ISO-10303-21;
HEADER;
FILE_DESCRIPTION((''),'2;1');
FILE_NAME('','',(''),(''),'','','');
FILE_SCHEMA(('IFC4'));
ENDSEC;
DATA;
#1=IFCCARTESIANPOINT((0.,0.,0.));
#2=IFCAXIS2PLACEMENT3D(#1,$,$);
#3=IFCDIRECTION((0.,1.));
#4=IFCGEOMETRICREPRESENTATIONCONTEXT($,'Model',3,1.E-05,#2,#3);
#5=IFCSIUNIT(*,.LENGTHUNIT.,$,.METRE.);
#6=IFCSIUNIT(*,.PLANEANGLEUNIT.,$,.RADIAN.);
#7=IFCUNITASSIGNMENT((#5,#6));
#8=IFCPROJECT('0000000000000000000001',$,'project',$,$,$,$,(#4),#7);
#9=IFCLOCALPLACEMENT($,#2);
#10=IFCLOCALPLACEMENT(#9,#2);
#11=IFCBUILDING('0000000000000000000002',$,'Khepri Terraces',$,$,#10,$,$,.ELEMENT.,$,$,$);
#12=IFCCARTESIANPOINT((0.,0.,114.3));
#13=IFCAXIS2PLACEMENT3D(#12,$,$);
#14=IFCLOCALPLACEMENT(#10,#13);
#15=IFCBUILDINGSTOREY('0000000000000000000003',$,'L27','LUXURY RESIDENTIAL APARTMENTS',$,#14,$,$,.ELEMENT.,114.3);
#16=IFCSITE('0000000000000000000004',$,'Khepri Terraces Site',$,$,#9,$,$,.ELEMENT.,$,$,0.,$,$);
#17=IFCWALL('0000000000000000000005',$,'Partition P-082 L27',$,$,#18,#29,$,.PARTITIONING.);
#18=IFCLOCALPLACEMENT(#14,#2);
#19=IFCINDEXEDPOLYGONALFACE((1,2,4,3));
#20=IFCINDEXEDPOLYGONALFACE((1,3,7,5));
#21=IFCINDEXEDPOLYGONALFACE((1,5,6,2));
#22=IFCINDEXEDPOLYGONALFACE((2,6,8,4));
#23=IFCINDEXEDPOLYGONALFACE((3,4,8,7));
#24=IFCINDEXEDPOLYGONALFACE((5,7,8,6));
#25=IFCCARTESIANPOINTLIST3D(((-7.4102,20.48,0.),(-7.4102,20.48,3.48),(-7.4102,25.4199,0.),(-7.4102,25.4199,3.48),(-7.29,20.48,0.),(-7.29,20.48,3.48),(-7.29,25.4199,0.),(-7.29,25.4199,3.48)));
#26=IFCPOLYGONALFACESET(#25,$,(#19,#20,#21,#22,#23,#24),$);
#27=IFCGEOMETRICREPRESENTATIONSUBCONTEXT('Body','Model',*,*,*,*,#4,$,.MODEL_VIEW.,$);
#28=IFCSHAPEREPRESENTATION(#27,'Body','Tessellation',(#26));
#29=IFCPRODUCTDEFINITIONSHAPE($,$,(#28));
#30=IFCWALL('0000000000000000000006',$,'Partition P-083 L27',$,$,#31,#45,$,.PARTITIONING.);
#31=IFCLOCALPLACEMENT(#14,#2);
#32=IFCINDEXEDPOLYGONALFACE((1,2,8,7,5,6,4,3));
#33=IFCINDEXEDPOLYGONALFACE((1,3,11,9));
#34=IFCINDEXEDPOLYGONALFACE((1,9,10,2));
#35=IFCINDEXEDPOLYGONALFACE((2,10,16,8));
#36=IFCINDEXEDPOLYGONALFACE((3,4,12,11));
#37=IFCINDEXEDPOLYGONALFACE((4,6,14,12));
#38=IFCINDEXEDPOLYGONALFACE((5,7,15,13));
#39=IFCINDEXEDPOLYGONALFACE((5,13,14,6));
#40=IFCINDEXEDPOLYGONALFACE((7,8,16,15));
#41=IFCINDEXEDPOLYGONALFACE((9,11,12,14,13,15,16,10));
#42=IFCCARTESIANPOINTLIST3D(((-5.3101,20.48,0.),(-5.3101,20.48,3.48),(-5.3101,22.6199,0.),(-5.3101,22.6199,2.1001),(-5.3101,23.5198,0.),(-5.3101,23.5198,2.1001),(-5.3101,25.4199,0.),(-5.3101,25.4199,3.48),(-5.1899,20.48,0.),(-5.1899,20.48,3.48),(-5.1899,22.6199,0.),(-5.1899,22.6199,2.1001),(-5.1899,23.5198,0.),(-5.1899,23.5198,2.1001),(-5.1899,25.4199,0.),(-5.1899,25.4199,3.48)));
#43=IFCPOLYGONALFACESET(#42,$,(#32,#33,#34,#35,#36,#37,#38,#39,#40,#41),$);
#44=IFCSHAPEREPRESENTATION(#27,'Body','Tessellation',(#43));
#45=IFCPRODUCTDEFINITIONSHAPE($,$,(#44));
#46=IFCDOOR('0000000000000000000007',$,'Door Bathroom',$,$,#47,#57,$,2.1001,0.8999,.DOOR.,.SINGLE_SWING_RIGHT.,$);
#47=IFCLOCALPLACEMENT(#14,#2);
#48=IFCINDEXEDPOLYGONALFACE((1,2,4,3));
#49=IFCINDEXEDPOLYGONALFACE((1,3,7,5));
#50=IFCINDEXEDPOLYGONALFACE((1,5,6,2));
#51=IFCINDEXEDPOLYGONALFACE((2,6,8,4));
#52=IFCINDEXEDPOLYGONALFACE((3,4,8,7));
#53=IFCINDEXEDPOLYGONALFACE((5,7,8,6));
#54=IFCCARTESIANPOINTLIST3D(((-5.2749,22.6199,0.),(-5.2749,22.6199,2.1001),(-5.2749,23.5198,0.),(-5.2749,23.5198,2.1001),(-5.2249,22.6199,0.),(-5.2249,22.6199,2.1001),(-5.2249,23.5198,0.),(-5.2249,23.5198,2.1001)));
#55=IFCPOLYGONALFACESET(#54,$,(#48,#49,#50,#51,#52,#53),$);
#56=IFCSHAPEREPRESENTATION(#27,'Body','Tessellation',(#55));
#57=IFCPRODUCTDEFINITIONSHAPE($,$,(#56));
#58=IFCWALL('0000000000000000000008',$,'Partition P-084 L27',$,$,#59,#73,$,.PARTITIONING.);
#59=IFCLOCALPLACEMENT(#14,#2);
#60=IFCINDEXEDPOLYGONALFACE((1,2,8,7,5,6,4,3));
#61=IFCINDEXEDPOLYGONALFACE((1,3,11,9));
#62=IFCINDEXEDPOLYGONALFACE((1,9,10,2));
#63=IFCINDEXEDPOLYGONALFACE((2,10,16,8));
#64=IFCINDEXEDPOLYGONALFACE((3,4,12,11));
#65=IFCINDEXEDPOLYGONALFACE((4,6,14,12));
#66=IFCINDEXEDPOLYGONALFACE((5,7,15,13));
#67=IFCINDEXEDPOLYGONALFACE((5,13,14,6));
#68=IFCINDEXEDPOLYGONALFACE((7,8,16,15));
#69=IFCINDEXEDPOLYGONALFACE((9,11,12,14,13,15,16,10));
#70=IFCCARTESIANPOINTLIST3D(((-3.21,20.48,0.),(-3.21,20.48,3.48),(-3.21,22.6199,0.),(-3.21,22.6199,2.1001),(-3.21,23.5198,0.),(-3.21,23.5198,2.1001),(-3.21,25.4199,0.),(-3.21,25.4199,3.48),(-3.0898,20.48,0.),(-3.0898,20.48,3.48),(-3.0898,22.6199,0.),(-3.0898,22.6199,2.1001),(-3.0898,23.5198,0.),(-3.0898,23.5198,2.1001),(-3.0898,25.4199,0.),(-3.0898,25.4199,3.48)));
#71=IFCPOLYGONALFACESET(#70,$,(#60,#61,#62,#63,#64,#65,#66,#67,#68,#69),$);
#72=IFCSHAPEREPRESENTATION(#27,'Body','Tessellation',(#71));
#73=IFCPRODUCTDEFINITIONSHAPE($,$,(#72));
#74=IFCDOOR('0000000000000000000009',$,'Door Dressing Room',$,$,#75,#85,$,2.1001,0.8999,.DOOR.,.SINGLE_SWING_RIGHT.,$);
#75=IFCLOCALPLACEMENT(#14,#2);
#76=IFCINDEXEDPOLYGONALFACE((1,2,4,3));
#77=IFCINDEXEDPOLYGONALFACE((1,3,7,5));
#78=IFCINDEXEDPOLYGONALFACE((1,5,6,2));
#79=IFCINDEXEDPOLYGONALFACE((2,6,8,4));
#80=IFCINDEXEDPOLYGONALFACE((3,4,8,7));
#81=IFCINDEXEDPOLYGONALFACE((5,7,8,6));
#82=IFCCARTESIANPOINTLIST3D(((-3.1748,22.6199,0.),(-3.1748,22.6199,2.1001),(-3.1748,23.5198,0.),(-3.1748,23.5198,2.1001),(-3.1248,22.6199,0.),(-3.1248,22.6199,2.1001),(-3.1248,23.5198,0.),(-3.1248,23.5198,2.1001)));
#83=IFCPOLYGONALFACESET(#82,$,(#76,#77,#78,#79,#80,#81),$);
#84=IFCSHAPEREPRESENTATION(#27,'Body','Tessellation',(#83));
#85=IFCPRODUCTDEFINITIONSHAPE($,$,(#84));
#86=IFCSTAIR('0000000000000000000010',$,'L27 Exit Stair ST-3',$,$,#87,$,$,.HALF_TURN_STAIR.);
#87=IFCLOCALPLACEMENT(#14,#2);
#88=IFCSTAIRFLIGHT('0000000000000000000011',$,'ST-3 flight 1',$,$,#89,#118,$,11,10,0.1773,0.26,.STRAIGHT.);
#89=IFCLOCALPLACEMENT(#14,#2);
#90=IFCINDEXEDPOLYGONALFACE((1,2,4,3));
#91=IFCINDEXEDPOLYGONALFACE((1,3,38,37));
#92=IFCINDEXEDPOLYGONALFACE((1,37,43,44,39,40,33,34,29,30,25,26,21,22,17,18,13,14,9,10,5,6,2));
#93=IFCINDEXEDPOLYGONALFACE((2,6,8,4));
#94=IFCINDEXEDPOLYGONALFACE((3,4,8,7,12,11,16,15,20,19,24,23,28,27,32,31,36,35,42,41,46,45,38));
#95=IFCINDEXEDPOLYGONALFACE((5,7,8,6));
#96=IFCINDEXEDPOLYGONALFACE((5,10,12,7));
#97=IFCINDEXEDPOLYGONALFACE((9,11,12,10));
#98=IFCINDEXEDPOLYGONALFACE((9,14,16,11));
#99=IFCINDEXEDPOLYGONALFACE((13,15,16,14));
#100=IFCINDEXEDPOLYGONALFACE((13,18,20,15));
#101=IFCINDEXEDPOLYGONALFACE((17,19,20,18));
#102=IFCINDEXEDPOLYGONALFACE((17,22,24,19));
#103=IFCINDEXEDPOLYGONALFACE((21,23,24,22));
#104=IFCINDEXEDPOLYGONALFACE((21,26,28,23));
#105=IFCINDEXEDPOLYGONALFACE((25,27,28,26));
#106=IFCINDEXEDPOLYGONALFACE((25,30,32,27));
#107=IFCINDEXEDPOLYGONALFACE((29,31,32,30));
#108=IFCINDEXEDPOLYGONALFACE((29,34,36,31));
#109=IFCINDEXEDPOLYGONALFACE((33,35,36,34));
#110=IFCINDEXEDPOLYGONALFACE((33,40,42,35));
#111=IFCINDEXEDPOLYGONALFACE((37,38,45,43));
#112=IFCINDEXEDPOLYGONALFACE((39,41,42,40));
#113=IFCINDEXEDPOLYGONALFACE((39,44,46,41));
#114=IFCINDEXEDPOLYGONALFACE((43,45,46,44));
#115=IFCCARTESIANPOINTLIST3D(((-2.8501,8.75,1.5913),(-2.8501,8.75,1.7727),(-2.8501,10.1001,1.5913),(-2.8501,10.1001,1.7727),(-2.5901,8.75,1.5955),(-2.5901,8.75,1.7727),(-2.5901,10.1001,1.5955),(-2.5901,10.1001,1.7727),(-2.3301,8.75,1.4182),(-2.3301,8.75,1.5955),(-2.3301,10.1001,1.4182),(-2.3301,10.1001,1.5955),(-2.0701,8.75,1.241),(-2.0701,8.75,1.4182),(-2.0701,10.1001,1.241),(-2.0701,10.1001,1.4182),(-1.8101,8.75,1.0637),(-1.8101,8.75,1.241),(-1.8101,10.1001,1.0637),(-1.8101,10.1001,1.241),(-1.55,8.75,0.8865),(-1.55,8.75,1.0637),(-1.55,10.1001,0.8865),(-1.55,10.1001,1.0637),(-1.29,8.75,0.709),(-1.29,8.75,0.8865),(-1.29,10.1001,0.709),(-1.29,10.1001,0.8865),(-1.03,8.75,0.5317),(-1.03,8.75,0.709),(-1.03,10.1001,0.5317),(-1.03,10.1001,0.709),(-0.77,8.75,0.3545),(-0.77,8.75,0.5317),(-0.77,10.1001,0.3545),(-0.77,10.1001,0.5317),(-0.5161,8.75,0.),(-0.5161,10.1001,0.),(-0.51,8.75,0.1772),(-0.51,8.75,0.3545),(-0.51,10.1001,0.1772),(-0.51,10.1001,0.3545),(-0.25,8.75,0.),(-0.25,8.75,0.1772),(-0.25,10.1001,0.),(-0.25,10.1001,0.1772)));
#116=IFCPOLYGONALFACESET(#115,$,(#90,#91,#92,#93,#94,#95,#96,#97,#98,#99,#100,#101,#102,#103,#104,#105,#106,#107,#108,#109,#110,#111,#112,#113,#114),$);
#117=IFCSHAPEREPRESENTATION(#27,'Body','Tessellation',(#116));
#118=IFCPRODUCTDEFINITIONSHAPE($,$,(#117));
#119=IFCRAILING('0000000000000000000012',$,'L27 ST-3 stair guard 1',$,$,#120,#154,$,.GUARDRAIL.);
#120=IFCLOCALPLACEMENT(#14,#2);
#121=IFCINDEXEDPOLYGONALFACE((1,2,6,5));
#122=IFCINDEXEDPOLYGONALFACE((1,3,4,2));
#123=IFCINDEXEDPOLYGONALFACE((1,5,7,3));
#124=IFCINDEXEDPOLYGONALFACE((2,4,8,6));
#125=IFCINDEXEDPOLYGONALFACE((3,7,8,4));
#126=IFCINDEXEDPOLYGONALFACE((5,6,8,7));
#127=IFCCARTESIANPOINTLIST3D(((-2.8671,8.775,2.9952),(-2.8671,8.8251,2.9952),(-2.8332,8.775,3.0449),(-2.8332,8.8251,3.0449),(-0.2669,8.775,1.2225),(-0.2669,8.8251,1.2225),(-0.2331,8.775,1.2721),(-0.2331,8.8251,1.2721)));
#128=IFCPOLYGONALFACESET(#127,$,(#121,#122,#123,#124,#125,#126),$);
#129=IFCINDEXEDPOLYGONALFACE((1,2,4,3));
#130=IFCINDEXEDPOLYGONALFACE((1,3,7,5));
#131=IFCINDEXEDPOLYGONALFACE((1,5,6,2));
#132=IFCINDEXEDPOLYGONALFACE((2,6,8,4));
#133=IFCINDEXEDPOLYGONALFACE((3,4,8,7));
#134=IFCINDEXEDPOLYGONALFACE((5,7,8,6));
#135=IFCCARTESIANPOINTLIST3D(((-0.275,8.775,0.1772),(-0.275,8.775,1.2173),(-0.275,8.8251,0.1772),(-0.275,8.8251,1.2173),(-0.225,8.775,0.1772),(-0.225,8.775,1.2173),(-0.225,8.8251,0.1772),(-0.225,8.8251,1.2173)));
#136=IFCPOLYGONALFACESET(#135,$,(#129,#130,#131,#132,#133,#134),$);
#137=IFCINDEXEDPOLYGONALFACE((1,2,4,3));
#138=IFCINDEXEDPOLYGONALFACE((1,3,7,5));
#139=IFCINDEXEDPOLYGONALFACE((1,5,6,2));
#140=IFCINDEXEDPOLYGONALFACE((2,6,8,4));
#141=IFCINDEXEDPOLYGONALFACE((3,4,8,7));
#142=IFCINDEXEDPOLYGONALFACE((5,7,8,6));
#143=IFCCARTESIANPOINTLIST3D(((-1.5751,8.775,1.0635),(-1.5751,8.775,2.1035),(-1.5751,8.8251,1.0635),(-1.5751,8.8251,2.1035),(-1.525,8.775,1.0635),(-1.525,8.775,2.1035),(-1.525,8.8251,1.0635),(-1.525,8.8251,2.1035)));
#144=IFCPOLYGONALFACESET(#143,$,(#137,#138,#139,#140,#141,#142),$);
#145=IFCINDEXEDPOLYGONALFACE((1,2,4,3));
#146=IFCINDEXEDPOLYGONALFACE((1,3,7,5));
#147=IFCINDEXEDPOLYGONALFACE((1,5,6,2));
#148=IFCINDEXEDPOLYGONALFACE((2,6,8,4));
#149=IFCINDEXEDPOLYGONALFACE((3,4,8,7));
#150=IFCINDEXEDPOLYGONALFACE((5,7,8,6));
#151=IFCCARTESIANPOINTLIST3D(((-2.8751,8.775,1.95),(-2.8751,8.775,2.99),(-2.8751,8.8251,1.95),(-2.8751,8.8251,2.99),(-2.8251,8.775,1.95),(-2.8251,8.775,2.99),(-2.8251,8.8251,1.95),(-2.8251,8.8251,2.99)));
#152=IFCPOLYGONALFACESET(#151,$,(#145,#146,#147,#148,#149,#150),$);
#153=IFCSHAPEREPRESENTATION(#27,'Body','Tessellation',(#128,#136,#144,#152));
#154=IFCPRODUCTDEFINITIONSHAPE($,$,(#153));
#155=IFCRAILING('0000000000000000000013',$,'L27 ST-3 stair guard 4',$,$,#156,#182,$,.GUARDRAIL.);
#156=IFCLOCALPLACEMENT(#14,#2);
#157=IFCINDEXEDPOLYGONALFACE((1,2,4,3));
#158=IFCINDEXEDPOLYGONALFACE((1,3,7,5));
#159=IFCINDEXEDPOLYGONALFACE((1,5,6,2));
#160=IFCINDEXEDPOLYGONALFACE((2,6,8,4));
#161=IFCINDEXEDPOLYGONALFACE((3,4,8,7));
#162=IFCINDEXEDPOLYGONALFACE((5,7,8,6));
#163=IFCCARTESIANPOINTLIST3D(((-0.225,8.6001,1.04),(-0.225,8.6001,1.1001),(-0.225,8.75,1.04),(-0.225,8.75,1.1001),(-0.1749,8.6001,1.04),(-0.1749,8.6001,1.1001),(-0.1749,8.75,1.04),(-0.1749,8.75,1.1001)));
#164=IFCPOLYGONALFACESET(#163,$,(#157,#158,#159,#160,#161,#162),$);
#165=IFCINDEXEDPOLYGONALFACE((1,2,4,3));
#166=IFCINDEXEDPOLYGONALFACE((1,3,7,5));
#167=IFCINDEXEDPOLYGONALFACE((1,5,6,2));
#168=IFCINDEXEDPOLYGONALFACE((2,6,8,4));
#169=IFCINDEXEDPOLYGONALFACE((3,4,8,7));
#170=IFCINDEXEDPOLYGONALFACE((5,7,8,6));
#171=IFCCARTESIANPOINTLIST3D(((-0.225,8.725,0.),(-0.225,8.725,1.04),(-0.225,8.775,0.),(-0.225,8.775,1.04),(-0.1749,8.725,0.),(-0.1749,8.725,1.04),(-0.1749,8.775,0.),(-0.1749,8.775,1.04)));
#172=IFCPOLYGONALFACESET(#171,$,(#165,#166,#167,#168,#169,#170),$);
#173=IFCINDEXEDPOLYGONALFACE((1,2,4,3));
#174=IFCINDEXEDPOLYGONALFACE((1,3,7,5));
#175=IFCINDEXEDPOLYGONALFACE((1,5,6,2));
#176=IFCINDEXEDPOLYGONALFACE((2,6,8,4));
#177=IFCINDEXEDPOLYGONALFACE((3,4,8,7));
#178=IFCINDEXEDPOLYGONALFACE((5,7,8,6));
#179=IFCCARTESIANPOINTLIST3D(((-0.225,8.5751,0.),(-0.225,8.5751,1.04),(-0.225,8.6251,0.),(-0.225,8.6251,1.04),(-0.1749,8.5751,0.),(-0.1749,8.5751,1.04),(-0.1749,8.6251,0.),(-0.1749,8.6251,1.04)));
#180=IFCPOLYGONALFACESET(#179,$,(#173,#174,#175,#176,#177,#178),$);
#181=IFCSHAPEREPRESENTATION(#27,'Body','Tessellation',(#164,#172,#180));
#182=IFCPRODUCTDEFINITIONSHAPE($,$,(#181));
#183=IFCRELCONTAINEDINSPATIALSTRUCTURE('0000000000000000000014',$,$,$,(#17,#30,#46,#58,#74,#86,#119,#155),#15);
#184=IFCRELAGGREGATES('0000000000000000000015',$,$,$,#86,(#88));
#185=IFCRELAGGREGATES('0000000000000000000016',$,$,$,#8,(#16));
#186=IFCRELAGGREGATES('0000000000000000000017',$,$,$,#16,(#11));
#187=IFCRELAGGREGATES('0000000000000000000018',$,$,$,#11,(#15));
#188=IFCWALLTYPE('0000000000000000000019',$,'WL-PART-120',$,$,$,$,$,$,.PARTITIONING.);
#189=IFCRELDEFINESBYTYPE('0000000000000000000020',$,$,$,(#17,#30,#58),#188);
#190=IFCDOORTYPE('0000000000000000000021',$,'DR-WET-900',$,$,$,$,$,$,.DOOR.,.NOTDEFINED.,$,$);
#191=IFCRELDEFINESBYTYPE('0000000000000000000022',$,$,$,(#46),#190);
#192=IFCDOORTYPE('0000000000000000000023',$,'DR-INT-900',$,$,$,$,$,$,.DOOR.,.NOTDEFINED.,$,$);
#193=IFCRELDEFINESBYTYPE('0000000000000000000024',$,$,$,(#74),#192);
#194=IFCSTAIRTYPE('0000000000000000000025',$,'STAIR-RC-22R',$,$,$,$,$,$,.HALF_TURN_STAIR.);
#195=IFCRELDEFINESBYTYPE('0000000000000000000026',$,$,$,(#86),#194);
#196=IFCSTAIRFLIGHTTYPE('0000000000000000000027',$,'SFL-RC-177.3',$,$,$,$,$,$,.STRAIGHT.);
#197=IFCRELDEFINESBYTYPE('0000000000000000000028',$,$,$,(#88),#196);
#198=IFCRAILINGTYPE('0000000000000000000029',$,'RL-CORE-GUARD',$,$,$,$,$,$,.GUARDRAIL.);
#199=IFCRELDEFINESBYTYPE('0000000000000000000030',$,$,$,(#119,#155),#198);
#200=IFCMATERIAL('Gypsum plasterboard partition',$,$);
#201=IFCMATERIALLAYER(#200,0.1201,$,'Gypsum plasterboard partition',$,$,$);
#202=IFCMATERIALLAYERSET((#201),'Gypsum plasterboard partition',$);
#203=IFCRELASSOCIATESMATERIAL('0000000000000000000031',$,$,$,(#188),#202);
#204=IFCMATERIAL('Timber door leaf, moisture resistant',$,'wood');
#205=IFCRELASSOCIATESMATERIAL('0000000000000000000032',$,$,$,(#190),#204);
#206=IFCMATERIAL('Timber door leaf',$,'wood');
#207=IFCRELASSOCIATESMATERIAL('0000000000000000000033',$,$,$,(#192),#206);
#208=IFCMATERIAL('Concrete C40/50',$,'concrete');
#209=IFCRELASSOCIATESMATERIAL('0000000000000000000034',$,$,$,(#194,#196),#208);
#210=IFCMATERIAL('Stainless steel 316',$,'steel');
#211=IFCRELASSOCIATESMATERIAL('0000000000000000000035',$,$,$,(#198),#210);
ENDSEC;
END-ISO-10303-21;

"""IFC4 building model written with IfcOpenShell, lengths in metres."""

from ifc_helpers import new_model, si_unit, direction, frame, frame_2d, origin, origin_2d, place, context, subcontext, project, spatial, polyline, rectangle, outline, extrude, material, layer, layer_set, type_object, element, fill, aggregate, save


model = new_model("IFC4")

# Units and contexts
model_context = context("Model", 3, precision=1e-05, world=origin(), true_north=direction((0.0, 1.0)))
body_context = subcontext(model_context, "Body", "Model", "MODEL_VIEW")
ifc_project = project(units=[si_unit("LENGTHUNIT", "METRE"), si_unit("PLANEANGLEUNIT", "RADIAN")], contexts=[model_context])

# Site, building, storey
site_placement = place(None, origin())
site = spatial("IfcSite", under=ifc_project, at=site_placement, Name="Khepri Terraces Site", CompositionType="ELEMENT", RefElevation=0.0)
building_placement = place(site_placement, origin())
building = spatial("IfcBuilding", under=site, at=building_placement, Name="Khepri Terraces", CompositionType="ELEMENT")
storey_placement = place(building_placement, frame((0.0, 0.0, 114.3)))
storey = spatial("IfcBuildingStorey", under=building, at=storey_placement, Name="L27", Description="LUXURY RESIDENTIAL APARTMENTS", CompositionType="ELEMENT", Elevation=114.3)

# Wall
ifc_material_1 = material(Name="Gypsum plasterboard partition")
ifc_layer_1 = layer(ifc_material_1, 0.1201, Name="Gypsum plasterboard partition")
ifc_layer_set_1 = layer_set([ifc_layer_1], Name="Gypsum plasterboard partition")
wall_type_1 = type_object("IfcWallType", Name="WL-PART-120", PredefinedType="PARTITIONING", material=ifc_layer_set_1)
wall_1_placement = place(storey_placement, frame((-7.3501, 20.48, 0.0), z_axis=(0.0, 0.0, 1.0), x_axis=(0.0, 1.0, 0.0)))
element("IfcWall", 1, at=wall_1_placement, inside=storey, type_object=wall_type_1, Name="Partition P-082 L27", PredefinedType="PARTITIONING", context=body_context, shape_type="SweptSolid", body=[
    extrude(rectangle(XDim=4.9399, YDim=0.1201, at=frame_2d((2.47, 0.0))), origin(), (0.0, 0.0, 1.0), 3.48),
])

# Walls, openings, doors
wall_2_placement = place(storey_placement, frame((-5.25, 20.48, 0.0), z_axis=(0.0, 0.0, 1.0), x_axis=(0.0, 1.0, 0.0)))
wall_2 = element("IfcWall", 2, at=wall_2_placement, inside=storey, type_object=wall_type_1, Name="Partition P-083 L27", PredefinedType="PARTITIONING", context=body_context, shape_type="SweptSolid", body=[
    extrude(rectangle(XDim=4.9399, YDim=0.1201, at=frame_2d((2.47, 0.0))), origin(), (0.0, 0.0, 1.0), 3.48),
])
opening_1_placement = place(wall_2_placement, frame((2.1399, 0.0, 0.0)))
opening_1 = element("IfcOpeningElement", 3, at=opening_1_placement, cuts=wall_2, PredefinedType="OPENING", context=body_context, shape_type="SweptSolid", body=[
    extrude(rectangle(XDim=0.8999, YDim=2.1001, at=frame_2d((0.45, 1.05))), frame((0.0, 0.0701, 0.0), z_axis=(0.0, -1.0, 0.0), x_axis=(1.0, 0.0, 0.0)), (0.0, 0.0, 1.0), 0.1401),
])
ifc_material_2 = material(Name="Timber door leaf, moisture resistant", Category="wood")
door_type_1 = type_object("IfcDoorType", Name="DR-WET-900", OperationType="NOTDEFINED", PredefinedType="DOOR", material=ifc_material_2)
door_1_placement = place(opening_1_placement, origin())
door_1 = element("IfcDoor", 4, at=door_1_placement, inside=storey, type_object=door_type_1, Name="Door Bathroom", OperationType="SINGLE_SWING_RIGHT", OverallHeight=2.1001, OverallWidth=0.8999, PredefinedType="DOOR", context=body_context, shape_type="SweptSolid", body=[
    extrude(rectangle(XDim=0.8999, YDim=2.1001, at=frame_2d((0.45, 1.05))), frame((0.0, 0.0249, 0.0), z_axis=(0.0, -1.0, 0.0), x_axis=(1.0, 0.0, 0.0)), (0.0, 0.0, 1.0), 0.05),
])
fill(opening_1, door_1)
wall_3_placement = place(storey_placement, frame((-3.1499, 20.48, 0.0), z_axis=(0.0, 0.0, 1.0), x_axis=(0.0, 1.0, 0.0)))
wall_3 = element("IfcWall", 5, at=wall_3_placement, inside=storey, type_object=wall_type_1, Name="Partition P-084 L27", PredefinedType="PARTITIONING", context=body_context, shape_type="SweptSolid", body=[
    extrude(rectangle(XDim=4.9399, YDim=0.1201, at=frame_2d((2.47, 0.0))), origin(), (0.0, 0.0, 1.0), 3.48),
])
opening_2_placement = place(wall_3_placement, frame((2.1399, 0.0, 0.0)))
opening_2 = element("IfcOpeningElement", 6, at=opening_2_placement, cuts=wall_3, PredefinedType="OPENING", context=body_context, shape_type="SweptSolid", body=[
    extrude(rectangle(XDim=0.8999, YDim=2.1001, at=frame_2d((0.45, 1.05))), frame((0.0, 0.0701, 0.0), z_axis=(0.0, -1.0, 0.0), x_axis=(1.0, 0.0, 0.0)), (0.0, 0.0, 1.0), 0.1401),
])
ifc_material_3 = material(Name="Timber door leaf", Category="wood")
door_type_2 = type_object("IfcDoorType", Name="DR-INT-900", OperationType="NOTDEFINED", PredefinedType="DOOR", material=ifc_material_3)
door_2_placement = place(opening_2_placement, origin())
door_2 = element("IfcDoor", 7, at=door_2_placement, inside=storey, type_object=door_type_2, Name="Door Dressing Room", OperationType="SINGLE_SWING_RIGHT", OverallHeight=2.1001, OverallWidth=0.8999, PredefinedType="DOOR", context=body_context, shape_type="SweptSolid", body=[
    extrude(rectangle(XDim=0.8999, YDim=2.1001, at=frame_2d((0.45, 1.05))), frame((0.0, 0.0249, 0.0), z_axis=(0.0, -1.0, 0.0), x_axis=(1.0, 0.0, 0.0)), (0.0, 0.0, 1.0), 0.05),
])
fill(opening_2, door_2)

# Stair, stair flight
ifc_material_4 = material(Name="Concrete C40/50", Category="concrete")
stair_type = type_object("IfcStairType", Name="STAIR-RC-22R", PredefinedType="HALF_TURN_STAIR", material=ifc_material_4)
stair_placement = place(storey_placement, origin())
stair = element("IfcStair", 8, at=stair_placement, inside=storey, type_object=stair_type, Name="L27 Exit Stair ST-3", PredefinedType="HALF_TURN_STAIR")
stair_flight_type = type_object("IfcStairFlightType", Name="SFL-RC-177.3", PredefinedType="STRAIGHT", material=ifc_material_4)
stair_flight_placement = place(storey_placement, frame((-0.25, 9.425, 0.0), z_axis=(0.0, 0.0, 1.0), x_axis=(-1.0, 0.0, 0.0)))
stair_flight = element("IfcStairFlight", 9, at=stair_flight_placement, type_object=stair_flight_type, Name="ST-3 flight 1", NumberOfRisers=11, NumberOfTreads=10, PredefinedType="STRAIGHT", RiserHeight=0.1773, TreadLength=0.26, context=body_context, shape_type="SweptSolid", body=[
    extrude(outline(polyline([(0.0, 0.0), (0.0, 0.1772), (0.26, 0.1772), (0.26, 0.3545), (0.52, 0.3545), (0.52, 0.5317), (0.78, 0.5317), (0.78, 0.709), (1.04, 0.709), (1.04, 0.8865), (1.3, 0.8865), (1.3, 1.0637), (1.5601, 1.0637), (1.5601, 1.241), (1.8201, 1.241), (1.8201, 1.4182), (2.0801, 1.4182), (2.0801, 1.5955), (2.3401, 1.5955), (2.3401, 1.7727), (2.6001, 1.7727), (2.6001, 1.95), (2.6001, 1.5913), (0.2661, 0.0), (0.0, 0.0)])), frame((0.0, 0.675, 0.0), z_axis=(0.0, -1.0, 0.0), x_axis=(1.0, 0.0, 0.0)), (0.0, 0.0, 1.0), 1.3501),
])
aggregate(stair, [stair_flight])

# Railings
ifc_material_5 = material(Name="Stainless steel 316", Category="steel")
railing_type_1 = type_object("IfcRailingType", Name="RL-CORE-GUARD", PredefinedType="GUARDRAIL", material=ifc_material_5)
railing_1_placement = place(storey_placement, frame((-0.25, 8.8, 0.1772)))
element("IfcRailing", 10, at=railing_1_placement, inside=storey, type_object=railing_type_1, Name="L27 ST-3 stair guard 1", PredefinedType="GUARDRAIL", context=body_context, shape_type="SweptSolid", body=[
    extrude(rectangle(XDim=0.05, YDim=0.0601, at=origin_2d()), frame((0.0, 0.0, 1.0701), z_axis=(-0.82624, 0.0, 0.563318), x_axis=(0.0, -1.0, 0.0)), (0.0, 0.0, 1.0), 3.147),
    extrude(rectangle(XDim=0.05, YDim=0.05, at=origin_2d()), origin(), (0.0, 0.0, 1.0), 1.04),
    extrude(rectangle(XDim=0.05, YDim=0.05, at=origin_2d()), frame((-1.3, 0.0, 0.8862)), (0.0, 0.0, 1.0), 1.04),
    extrude(rectangle(XDim=0.05, YDim=0.05, at=origin_2d()), frame((-2.6001, 0.0, 1.7727)), (0.0, 0.0, 1.0), 1.04),
])
railing_2_placement = place(storey_placement, frame((-0.2, 8.75, 0.0)))
element("IfcRailing", 11, at=railing_2_placement, inside=storey, type_object=railing_type_1, Name="L27 ST-3 stair guard 4", PredefinedType="GUARDRAIL", context=body_context, shape_type="SweptSolid", body=[
    extrude(rectangle(XDim=0.05, YDim=0.0601, at=origin_2d()), frame((0.0, 0.0, 1.0701), z_axis=(0.0, -1.0, 0.0), x_axis=(1.0, 0.0, 0.0)), (0.0, 0.0, 1.0), 0.1499),
    extrude(rectangle(XDim=0.05, YDim=0.05, at=origin_2d()), origin(), (0.0, 0.0, 1.0), 1.04),
    extrude(rectangle(XDim=0.05, YDim=0.05, at=origin_2d()), frame((0.0, -0.1499, 0.0)), (0.0, 0.0, 1.0), 1.04),
])

save(model, "model.ifc")
